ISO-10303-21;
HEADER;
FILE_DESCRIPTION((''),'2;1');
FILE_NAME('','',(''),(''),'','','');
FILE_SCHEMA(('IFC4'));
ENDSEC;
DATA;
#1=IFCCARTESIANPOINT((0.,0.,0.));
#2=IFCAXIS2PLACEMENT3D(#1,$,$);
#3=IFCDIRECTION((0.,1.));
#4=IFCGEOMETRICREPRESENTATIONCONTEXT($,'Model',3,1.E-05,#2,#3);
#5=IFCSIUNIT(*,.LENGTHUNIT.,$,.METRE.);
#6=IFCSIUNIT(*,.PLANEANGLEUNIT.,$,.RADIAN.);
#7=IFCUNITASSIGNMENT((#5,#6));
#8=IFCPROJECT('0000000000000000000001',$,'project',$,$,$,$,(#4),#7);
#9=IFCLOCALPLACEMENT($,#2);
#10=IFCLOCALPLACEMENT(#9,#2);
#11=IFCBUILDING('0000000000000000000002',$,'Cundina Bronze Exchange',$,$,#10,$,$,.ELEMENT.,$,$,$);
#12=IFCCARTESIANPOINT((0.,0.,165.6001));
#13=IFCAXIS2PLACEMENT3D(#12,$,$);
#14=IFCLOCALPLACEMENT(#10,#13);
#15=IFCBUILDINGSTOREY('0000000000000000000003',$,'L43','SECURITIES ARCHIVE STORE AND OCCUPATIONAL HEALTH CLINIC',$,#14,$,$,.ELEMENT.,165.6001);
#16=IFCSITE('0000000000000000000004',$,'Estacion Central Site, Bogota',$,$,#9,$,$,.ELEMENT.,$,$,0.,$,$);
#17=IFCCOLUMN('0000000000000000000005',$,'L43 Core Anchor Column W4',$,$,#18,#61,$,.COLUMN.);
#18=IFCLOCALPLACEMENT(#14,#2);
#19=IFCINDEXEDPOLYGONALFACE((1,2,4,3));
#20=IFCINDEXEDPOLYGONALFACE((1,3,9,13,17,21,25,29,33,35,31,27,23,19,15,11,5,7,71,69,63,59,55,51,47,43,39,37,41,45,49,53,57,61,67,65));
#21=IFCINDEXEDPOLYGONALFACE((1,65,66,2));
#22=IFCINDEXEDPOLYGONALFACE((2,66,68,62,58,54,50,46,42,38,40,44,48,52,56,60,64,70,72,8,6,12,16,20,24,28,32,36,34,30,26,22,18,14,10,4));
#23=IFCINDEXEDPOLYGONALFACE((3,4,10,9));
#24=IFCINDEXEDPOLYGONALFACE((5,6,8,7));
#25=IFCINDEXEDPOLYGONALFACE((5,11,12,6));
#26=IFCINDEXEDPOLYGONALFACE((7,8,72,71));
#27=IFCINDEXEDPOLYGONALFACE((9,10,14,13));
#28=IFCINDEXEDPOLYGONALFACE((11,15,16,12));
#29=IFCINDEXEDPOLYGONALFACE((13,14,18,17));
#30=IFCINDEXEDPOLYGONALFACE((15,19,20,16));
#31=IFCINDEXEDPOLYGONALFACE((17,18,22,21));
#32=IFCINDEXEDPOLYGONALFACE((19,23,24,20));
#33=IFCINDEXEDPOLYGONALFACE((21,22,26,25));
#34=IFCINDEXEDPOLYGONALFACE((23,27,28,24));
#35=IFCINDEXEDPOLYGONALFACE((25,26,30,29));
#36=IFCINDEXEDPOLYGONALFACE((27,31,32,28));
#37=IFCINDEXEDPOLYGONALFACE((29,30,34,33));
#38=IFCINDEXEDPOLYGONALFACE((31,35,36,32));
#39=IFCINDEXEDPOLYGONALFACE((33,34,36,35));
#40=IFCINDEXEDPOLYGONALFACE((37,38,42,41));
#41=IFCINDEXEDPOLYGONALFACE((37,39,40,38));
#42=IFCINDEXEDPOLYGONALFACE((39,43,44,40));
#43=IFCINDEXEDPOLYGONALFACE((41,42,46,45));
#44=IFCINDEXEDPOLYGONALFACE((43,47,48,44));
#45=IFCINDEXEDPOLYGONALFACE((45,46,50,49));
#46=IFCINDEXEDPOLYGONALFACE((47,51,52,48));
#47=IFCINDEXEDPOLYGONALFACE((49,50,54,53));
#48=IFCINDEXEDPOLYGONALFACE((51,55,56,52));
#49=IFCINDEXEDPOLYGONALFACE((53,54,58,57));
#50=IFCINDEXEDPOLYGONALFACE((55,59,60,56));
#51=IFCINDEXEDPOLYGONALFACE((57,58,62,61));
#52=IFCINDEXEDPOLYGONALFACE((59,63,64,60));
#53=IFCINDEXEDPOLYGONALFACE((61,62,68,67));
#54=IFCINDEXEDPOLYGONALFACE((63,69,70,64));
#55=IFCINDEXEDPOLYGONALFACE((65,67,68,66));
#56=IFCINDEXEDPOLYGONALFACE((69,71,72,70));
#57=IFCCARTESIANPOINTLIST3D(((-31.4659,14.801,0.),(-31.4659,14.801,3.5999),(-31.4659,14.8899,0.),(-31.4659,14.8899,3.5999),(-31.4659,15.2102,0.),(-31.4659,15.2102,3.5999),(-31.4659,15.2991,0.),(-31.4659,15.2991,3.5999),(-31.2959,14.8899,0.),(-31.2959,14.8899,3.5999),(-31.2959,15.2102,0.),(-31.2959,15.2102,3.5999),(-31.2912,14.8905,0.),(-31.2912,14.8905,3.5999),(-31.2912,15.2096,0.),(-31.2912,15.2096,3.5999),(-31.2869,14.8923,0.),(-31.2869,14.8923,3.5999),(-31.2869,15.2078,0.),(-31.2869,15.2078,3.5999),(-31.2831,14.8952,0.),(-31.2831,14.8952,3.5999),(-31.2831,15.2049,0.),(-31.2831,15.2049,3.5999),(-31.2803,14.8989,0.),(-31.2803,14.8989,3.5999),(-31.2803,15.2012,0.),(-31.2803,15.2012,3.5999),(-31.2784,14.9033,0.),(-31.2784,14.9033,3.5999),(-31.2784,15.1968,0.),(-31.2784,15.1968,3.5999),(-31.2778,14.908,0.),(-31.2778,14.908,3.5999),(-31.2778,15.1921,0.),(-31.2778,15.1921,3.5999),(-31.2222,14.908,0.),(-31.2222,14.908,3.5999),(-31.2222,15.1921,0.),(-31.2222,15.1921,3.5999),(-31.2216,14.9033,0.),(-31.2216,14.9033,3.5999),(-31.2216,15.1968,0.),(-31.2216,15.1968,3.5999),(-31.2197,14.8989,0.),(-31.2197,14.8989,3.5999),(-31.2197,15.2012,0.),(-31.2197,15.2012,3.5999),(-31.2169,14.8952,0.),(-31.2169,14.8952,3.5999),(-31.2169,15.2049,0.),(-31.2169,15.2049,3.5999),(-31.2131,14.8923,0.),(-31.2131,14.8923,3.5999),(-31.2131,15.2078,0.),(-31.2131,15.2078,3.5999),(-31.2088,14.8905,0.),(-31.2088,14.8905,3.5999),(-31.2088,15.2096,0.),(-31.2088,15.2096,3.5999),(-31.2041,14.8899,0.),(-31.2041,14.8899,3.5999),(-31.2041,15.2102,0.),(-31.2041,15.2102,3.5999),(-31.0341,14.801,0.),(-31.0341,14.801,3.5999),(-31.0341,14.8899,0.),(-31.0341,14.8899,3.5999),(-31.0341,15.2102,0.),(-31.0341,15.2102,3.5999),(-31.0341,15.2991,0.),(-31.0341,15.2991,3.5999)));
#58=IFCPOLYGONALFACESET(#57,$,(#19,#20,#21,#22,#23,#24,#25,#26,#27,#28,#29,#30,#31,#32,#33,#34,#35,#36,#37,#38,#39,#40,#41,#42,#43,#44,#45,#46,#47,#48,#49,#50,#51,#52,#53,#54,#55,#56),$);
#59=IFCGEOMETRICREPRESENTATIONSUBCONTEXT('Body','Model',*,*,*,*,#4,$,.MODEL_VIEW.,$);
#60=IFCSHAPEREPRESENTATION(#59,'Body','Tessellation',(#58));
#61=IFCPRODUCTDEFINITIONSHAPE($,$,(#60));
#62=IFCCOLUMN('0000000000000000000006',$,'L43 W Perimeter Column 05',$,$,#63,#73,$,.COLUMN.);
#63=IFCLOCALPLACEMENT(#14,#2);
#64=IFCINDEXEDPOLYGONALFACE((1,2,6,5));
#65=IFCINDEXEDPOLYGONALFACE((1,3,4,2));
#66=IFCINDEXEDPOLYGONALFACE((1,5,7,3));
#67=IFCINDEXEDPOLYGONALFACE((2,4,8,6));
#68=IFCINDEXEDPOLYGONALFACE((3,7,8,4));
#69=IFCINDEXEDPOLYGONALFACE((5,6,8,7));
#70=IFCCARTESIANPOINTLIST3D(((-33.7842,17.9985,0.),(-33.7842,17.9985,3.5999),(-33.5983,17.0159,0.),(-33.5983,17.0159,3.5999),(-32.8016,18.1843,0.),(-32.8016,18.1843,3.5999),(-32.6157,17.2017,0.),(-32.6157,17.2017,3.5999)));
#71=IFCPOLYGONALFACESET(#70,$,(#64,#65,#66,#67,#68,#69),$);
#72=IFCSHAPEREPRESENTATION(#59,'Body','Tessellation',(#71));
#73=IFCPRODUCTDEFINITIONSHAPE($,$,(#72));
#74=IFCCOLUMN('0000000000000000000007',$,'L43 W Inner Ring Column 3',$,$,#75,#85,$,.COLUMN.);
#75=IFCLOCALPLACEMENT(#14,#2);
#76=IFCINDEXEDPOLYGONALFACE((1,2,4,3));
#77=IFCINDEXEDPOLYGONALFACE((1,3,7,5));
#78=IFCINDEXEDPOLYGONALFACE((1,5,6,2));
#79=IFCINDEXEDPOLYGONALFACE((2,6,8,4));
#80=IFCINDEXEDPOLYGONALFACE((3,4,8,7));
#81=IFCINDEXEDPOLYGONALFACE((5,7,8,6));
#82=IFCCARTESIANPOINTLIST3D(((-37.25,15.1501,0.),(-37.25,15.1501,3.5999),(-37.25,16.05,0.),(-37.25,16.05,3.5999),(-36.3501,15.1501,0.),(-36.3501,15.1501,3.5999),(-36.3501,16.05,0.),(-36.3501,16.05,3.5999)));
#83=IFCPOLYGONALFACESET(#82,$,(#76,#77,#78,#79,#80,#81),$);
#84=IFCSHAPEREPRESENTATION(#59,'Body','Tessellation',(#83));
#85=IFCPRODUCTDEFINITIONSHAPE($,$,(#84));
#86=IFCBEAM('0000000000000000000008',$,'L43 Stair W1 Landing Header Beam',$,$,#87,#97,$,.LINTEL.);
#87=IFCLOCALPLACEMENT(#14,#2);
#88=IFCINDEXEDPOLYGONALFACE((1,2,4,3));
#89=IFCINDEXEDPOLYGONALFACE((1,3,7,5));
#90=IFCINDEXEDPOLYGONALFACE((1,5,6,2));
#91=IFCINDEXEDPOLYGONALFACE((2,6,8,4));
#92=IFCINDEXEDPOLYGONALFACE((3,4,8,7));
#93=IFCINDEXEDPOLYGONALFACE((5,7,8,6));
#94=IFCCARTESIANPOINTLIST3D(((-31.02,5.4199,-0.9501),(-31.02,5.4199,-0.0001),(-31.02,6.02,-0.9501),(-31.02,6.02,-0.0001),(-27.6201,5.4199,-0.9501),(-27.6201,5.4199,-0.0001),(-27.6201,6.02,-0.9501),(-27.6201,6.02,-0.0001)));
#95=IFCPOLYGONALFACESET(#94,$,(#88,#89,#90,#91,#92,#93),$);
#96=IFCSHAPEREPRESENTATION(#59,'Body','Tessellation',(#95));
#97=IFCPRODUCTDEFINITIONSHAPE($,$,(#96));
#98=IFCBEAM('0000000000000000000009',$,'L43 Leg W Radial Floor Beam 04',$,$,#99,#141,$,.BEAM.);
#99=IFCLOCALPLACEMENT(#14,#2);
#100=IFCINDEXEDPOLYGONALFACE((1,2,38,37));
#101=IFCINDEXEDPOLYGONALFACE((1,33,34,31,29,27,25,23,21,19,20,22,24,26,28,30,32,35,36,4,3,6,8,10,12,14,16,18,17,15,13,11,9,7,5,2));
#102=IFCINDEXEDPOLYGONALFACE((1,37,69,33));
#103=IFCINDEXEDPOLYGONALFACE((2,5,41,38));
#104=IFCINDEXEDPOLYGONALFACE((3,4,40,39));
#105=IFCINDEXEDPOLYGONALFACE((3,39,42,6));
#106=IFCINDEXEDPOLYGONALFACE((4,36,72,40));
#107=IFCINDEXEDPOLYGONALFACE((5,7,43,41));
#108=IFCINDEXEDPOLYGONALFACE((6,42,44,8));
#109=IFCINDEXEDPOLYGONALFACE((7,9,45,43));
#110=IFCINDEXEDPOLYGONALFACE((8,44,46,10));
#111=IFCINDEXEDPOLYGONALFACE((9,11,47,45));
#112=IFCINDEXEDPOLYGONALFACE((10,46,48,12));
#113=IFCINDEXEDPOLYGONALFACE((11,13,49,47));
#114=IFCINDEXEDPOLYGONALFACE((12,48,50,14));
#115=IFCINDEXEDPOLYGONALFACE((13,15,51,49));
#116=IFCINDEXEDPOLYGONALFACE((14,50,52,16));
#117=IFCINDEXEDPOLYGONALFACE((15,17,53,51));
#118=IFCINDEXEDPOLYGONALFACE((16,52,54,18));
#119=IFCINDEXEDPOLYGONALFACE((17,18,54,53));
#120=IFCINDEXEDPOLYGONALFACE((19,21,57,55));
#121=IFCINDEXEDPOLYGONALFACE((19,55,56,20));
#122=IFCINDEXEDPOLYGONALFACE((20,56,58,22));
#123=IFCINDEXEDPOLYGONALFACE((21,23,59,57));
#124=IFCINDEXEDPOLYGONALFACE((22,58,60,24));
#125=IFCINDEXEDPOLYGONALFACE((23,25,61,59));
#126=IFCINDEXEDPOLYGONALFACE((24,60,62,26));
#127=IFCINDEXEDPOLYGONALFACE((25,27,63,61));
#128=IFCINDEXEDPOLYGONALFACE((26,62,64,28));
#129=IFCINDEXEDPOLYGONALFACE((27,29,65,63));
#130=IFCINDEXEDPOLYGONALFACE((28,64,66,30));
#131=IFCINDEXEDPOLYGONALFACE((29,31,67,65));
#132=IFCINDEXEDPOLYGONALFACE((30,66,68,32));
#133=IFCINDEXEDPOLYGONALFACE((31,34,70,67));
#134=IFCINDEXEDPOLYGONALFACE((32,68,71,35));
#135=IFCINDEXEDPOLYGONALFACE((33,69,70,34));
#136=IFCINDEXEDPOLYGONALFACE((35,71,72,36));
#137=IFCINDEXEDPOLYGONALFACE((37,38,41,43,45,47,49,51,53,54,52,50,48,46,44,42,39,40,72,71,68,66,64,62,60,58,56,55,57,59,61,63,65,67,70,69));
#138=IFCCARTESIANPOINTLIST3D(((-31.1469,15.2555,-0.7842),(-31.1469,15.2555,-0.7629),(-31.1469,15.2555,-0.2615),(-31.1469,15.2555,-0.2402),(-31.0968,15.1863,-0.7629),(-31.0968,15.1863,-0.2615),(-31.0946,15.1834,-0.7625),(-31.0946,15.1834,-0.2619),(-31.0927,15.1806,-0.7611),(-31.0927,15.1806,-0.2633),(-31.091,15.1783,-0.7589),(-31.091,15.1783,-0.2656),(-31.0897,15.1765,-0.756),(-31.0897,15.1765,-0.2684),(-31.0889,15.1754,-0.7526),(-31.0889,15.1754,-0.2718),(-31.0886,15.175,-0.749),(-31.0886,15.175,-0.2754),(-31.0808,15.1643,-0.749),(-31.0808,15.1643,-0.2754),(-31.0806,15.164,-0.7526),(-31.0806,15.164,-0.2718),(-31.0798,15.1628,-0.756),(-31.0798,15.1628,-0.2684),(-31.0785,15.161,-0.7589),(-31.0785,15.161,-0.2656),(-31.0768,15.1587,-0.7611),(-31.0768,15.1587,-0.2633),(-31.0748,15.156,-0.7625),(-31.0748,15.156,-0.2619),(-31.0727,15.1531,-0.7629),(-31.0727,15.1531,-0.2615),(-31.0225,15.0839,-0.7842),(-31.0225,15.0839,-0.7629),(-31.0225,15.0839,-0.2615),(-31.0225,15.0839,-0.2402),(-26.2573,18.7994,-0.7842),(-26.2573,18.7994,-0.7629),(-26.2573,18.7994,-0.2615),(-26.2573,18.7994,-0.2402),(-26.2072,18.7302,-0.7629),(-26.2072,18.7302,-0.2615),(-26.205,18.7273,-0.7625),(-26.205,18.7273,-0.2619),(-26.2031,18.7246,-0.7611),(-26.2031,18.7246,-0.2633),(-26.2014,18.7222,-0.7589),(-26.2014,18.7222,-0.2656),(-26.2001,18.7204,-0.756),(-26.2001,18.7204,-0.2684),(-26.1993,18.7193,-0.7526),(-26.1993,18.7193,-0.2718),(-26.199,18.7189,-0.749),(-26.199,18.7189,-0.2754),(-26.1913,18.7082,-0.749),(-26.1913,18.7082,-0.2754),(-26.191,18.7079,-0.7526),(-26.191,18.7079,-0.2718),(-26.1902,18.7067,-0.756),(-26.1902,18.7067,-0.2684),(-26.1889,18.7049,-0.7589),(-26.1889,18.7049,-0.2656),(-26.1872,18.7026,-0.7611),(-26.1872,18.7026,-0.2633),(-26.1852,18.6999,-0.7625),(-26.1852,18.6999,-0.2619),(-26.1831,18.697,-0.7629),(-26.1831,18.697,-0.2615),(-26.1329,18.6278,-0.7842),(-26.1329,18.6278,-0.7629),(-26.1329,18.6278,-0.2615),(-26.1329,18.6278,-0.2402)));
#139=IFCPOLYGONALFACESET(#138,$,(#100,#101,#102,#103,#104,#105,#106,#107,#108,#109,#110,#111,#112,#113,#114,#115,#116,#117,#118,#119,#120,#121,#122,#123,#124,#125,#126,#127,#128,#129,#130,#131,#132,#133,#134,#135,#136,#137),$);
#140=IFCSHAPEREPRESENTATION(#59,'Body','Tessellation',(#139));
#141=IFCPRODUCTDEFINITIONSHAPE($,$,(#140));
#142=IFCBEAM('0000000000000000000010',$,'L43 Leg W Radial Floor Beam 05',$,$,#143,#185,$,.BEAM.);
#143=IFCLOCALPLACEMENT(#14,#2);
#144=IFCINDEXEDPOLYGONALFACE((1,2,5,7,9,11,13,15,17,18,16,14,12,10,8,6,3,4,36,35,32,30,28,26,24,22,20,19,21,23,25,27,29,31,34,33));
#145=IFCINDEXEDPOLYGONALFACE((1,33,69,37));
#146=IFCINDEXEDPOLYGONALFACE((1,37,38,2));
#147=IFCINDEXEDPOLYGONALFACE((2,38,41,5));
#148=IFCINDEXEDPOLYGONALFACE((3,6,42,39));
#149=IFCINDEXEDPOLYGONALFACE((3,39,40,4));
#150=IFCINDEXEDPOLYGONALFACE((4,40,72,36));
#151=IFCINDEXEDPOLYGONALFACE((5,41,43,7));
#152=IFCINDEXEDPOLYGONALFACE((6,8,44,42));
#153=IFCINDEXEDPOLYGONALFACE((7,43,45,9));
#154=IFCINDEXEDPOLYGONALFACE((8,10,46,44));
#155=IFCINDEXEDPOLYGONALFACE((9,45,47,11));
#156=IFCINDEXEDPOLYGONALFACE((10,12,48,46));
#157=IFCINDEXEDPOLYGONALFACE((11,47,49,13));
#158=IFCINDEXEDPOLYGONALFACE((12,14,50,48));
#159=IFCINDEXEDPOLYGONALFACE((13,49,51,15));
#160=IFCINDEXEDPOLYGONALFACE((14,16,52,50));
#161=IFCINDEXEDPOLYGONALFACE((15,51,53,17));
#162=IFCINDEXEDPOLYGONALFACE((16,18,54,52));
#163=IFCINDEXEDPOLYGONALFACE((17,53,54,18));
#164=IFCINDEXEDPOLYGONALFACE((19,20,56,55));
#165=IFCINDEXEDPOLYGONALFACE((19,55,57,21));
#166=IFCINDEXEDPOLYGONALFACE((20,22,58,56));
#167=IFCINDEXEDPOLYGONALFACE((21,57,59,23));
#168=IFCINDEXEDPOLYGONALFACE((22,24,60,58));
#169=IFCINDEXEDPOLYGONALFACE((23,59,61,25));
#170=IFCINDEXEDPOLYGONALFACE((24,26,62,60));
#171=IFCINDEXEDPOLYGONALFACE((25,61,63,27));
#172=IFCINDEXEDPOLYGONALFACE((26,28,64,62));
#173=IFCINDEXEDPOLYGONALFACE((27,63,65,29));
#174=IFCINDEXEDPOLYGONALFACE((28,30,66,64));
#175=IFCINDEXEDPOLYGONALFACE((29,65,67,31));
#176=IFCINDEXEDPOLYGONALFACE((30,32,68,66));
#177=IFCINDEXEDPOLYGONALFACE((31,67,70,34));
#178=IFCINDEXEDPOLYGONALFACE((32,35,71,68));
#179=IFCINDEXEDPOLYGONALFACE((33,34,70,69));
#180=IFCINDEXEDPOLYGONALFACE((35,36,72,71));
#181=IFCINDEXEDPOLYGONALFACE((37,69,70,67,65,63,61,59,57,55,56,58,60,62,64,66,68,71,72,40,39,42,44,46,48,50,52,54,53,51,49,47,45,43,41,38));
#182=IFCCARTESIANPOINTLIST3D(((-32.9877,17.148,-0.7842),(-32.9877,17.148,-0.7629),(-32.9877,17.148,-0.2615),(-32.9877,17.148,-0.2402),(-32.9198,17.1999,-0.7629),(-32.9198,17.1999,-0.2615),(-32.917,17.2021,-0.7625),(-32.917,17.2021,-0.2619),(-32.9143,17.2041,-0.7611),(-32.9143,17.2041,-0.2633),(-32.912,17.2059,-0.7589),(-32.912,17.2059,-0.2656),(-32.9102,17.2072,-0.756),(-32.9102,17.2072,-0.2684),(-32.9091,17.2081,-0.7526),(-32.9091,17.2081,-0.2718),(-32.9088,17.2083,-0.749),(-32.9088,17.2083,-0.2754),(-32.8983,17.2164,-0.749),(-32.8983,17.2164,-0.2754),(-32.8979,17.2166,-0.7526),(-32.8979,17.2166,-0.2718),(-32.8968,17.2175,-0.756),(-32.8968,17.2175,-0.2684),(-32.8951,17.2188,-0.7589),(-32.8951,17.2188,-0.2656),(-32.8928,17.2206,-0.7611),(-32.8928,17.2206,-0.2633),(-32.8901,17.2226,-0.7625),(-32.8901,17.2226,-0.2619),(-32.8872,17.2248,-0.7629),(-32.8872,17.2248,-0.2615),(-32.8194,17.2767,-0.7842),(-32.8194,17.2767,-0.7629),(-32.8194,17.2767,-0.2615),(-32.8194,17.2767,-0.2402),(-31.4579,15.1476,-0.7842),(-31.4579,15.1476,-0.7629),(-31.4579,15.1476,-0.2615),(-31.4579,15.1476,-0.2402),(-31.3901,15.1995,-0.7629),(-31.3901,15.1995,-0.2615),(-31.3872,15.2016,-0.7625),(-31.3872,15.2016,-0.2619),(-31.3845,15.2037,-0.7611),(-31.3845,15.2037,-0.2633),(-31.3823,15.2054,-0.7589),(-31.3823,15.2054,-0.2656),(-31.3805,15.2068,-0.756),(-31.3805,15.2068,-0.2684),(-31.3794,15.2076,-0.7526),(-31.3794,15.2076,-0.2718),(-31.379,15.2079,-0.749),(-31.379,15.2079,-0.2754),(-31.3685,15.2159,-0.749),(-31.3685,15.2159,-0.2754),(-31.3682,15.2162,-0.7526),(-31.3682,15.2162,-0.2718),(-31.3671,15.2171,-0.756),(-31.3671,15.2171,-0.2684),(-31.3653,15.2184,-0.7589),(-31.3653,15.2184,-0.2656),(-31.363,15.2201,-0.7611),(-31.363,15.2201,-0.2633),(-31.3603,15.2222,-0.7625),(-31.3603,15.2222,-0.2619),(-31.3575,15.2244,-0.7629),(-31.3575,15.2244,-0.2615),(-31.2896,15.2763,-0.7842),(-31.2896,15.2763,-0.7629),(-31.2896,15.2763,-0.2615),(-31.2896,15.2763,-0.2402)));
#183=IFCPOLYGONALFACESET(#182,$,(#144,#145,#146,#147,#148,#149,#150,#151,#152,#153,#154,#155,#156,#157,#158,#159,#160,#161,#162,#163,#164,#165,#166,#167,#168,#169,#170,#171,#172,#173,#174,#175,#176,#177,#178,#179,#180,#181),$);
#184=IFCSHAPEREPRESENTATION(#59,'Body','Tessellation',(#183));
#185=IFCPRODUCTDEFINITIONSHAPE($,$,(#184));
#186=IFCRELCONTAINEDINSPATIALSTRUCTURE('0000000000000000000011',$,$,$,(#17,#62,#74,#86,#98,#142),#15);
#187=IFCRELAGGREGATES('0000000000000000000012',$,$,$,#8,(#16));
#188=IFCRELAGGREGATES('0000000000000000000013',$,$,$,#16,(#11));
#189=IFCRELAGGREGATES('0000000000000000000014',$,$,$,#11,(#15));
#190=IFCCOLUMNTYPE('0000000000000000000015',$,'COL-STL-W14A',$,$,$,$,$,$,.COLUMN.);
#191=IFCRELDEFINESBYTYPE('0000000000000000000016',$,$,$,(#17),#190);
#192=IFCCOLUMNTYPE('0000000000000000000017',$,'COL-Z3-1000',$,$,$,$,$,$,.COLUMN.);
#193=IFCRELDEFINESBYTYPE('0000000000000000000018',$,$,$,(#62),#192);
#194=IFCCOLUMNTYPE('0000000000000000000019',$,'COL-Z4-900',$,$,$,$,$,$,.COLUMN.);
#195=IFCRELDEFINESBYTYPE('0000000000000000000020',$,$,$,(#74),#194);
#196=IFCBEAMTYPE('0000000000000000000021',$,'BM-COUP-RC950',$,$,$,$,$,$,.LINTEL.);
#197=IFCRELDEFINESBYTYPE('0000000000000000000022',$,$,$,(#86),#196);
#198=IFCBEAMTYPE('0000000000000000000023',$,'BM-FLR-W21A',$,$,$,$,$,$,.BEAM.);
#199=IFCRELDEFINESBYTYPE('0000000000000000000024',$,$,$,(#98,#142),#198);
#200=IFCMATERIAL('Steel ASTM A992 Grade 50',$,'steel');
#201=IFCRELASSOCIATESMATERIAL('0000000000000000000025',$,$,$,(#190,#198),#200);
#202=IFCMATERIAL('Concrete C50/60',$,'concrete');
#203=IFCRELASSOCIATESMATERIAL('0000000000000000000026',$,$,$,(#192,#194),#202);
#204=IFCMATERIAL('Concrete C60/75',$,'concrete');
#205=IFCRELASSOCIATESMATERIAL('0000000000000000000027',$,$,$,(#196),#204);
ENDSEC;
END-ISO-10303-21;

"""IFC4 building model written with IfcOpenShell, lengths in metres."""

from ifc_helpers import new_model, si_unit, direction, frame, origin, origin_2d, place, context, subcontext, project, spatial, rectangle, i_section, extrude, material, material_profile, profile_set, type_object, element, save


model = new_model("IFC4")

# Units and contexts
model_context = context("Model", 3, precision=1e-05, world=origin(), true_north=direction((0.0, 1.0)))
body_context = subcontext(model_context, "Body", "Model", "MODEL_VIEW")
ifc_project = project(units=[si_unit("LENGTHUNIT", "METRE"), si_unit("PLANEANGLEUNIT", "RADIAN")], contexts=[model_context])

# Site, building, storey
site_placement = place(None, origin())
site = spatial("IfcSite", under=ifc_project, at=site_placement, Name="Estacion Central Site, Bogota", CompositionType="ELEMENT", RefElevation=0.0)
building_placement = place(site_placement, origin())
building = spatial("IfcBuilding", under=site, at=building_placement, Name="Cundina Bronze Exchange", CompositionType="ELEMENT")
storey_placement = place(building_placement, frame((0.0, 0.0, 165.6001)))
storey = spatial("IfcBuildingStorey", under=building, at=storey_placement, Name="L43", Description="SECURITIES ARCHIVE STORE AND OCCUPATIONAL HEALTH CLINIC", CompositionType="ELEMENT", Elevation=165.6001)

# Columns
ifc_material_1 = material(Name="Steel ASTM A992 Grade 50", Category="steel")
ifc_material_profile_1 = material_profile(ifc_material_1, i_section(OverallWidth=0.4319, OverallDepth=0.498, WebThickness=0.0557, FlangeThickness=0.0889, FilletRadius=0.0181, at=origin_2d()), Name="W14X500", Category="steel")
ifc_profile_set_1 = profile_set([ifc_material_profile_1], Name="Steel ASTM A992 Grade 50")
column_type_1 = type_object("IfcColumnType", Name="COL-STL-W14A", PredefinedType="COLUMN", material=ifc_profile_set_1)
column_1_placement = place(storey_placement, frame((-31.25, 15.05, 0.0), z_axis=(0.0, 0.0, 1.0), x_axis=(1.0, 0.0, 0.0)))
element("IfcColumn", 1, at=column_1_placement, inside=storey, type_object=column_type_1, Name="L43 Core Anchor Column W4", PredefinedType="COLUMN", context=body_context, shape_type="SweptSolid", body=[
    extrude(i_section(OverallWidth=0.4319, OverallDepth=0.498, WebThickness=0.0557, FlangeThickness=0.0889, FilletRadius=0.0181, at=origin_2d()), origin(), (0.0, 0.0, 1.0), 3.5999),
])
ifc_material_2 = material(Name="Concrete C50/60", Category="concrete")
ifc_material_profile_2 = material_profile(ifc_material_2, rectangle(XDim=1.0, YDim=1.0, at=origin_2d()), Name="RC1000X1000", Category="concrete")
ifc_profile_set_2 = profile_set([ifc_material_profile_2], Name="Concrete C50/60")
column_type_2 = type_object("IfcColumnType", Name="COL-Z3-1000", PredefinedType="COLUMN", material=ifc_profile_set_2)
column_2_placement = place(storey_placement, frame((-33.2, 17.6001, 0.0), z_axis=(0.0, 0.0, 1.0), x_axis=(-0.98258, -0.185838, 0.0)))
element("IfcColumn", 2, at=column_2_placement, inside=storey, type_object=column_type_2, Name="L43 W Perimeter Column 05", PredefinedType="COLUMN", context=body_context, shape_type="SweptSolid", body=[
    extrude(rectangle(XDim=1.0, YDim=1.0, at=origin_2d()), origin(), (0.0, 0.0, 1.0), 3.5999),
])
ifc_material_profile_3 = material_profile(ifc_material_2, rectangle(XDim=0.8999, YDim=0.8999, at=origin_2d()), Name="RC900X900", Category="concrete")
ifc_profile_set_3 = profile_set([ifc_material_profile_3], Name="Concrete C50/60")
column_type_3 = type_object("IfcColumnType", Name="COL-Z4-900", PredefinedType="COLUMN", material=ifc_profile_set_3)
column_3_placement = place(storey_placement, frame((-36.8, 15.6001, 0.0), z_axis=(0.0, 0.0, 1.0), x_axis=(1.0, 0.0, 0.0)))
element("IfcColumn", 3, at=column_3_placement, inside=storey, type_object=column_type_3, Name="L43 W Inner Ring Column 3", PredefinedType="COLUMN", context=body_context, shape_type="SweptSolid", body=[
    extrude(rectangle(XDim=0.8999, YDim=0.8999, at=origin_2d()), origin(), (0.0, 0.0, 1.0), 3.5999),
])

# Beams
ifc_material_3 = material(Name="Concrete C60/75", Category="concrete")
ifc_material_profile_4 = material_profile(ifc_material_3, rectangle(XDim=0.6001, YDim=0.95, at=origin_2d()), Name="RC600X950", Category="concrete")
ifc_profile_set_4 = profile_set([ifc_material_profile_4], Name="Concrete C60/75")
beam_type_1 = type_object("IfcBeamType", Name="BM-COUP-RC950", PredefinedType="LINTEL", material=ifc_profile_set_4)
beam_1_placement = place(storey_placement, frame((-31.02, 5.72, -0.4751), z_axis=(1.0, 0.0, 0.0), x_axis=(0.0, 1.0, 0.0)))
element("IfcBeam", 4, at=beam_1_placement, inside=storey, type_object=beam_type_1, Name="L43 Stair W1 Landing Header Beam", PredefinedType="LINTEL", context=body_context, shape_type="SweptSolid", body=[
    extrude(rectangle(XDim=0.6001, YDim=0.95, at=origin_2d()), origin(), (0.0, 0.0, 1.0), 3.3999),
])
ifc_material_profile_5 = material_profile(ifc_material_1, i_section(OverallWidth=0.2119, OverallDepth=0.5439, WebThickness=0.0132, FlangeThickness=0.0212, FilletRadius=0.0139, at=origin_2d()), Name="W21X83", Category="steel")
ifc_profile_set_5 = profile_set([ifc_material_profile_5], Name="Steel ASTM A992 Grade 50")
beam_type_2 = type_object("IfcBeamType", Name="BM-FLR-W21A", PredefinedType="BEAM", material=ifc_profile_set_5)
beam_2_placement = place(storey_placement, frame((-31.0847, 15.1697, -0.5122), z_axis=(0.809693, 0.586854, 0.0), x_axis=(-0.586854, 0.809693, 0.0)))
element("IfcBeam", 5, at=beam_2_placement, inside=storey, type_object=beam_type_2, Name="L43 Leg W Radial Floor Beam 04", PredefinedType="BEAM", context=body_context, shape_type="SweptSolid", body=[
    extrude(i_section(OverallWidth=0.2119, OverallDepth=0.5439, WebThickness=0.0132, FlangeThickness=0.0212, FilletRadius=0.0139, at=origin_2d()), origin(), (0.0, 0.0, 1.0), 6.0388),
])
beam_3_placement = place(storey_placement, frame((-31.3738, 15.2119, -0.5122), z_axis=(-0.60745, 0.794358, 0.0), x_axis=(-0.794358, -0.60745, 0.0)))
element("IfcBeam", 6, at=beam_3_placement, inside=storey, type_object=beam_type_2, Name="L43 Leg W Radial Floor Beam 05", PredefinedType="BEAM", context=body_context, shape_type="SweptSolid", body=[
    extrude(i_section(OverallWidth=0.2119, OverallDepth=0.5439, WebThickness=0.0132, FlangeThickness=0.0212, FilletRadius=0.0139, at=origin_2d()), origin(), (0.0, 0.0, 1.0), 2.5183),
])

save(model, "model.ifc")
